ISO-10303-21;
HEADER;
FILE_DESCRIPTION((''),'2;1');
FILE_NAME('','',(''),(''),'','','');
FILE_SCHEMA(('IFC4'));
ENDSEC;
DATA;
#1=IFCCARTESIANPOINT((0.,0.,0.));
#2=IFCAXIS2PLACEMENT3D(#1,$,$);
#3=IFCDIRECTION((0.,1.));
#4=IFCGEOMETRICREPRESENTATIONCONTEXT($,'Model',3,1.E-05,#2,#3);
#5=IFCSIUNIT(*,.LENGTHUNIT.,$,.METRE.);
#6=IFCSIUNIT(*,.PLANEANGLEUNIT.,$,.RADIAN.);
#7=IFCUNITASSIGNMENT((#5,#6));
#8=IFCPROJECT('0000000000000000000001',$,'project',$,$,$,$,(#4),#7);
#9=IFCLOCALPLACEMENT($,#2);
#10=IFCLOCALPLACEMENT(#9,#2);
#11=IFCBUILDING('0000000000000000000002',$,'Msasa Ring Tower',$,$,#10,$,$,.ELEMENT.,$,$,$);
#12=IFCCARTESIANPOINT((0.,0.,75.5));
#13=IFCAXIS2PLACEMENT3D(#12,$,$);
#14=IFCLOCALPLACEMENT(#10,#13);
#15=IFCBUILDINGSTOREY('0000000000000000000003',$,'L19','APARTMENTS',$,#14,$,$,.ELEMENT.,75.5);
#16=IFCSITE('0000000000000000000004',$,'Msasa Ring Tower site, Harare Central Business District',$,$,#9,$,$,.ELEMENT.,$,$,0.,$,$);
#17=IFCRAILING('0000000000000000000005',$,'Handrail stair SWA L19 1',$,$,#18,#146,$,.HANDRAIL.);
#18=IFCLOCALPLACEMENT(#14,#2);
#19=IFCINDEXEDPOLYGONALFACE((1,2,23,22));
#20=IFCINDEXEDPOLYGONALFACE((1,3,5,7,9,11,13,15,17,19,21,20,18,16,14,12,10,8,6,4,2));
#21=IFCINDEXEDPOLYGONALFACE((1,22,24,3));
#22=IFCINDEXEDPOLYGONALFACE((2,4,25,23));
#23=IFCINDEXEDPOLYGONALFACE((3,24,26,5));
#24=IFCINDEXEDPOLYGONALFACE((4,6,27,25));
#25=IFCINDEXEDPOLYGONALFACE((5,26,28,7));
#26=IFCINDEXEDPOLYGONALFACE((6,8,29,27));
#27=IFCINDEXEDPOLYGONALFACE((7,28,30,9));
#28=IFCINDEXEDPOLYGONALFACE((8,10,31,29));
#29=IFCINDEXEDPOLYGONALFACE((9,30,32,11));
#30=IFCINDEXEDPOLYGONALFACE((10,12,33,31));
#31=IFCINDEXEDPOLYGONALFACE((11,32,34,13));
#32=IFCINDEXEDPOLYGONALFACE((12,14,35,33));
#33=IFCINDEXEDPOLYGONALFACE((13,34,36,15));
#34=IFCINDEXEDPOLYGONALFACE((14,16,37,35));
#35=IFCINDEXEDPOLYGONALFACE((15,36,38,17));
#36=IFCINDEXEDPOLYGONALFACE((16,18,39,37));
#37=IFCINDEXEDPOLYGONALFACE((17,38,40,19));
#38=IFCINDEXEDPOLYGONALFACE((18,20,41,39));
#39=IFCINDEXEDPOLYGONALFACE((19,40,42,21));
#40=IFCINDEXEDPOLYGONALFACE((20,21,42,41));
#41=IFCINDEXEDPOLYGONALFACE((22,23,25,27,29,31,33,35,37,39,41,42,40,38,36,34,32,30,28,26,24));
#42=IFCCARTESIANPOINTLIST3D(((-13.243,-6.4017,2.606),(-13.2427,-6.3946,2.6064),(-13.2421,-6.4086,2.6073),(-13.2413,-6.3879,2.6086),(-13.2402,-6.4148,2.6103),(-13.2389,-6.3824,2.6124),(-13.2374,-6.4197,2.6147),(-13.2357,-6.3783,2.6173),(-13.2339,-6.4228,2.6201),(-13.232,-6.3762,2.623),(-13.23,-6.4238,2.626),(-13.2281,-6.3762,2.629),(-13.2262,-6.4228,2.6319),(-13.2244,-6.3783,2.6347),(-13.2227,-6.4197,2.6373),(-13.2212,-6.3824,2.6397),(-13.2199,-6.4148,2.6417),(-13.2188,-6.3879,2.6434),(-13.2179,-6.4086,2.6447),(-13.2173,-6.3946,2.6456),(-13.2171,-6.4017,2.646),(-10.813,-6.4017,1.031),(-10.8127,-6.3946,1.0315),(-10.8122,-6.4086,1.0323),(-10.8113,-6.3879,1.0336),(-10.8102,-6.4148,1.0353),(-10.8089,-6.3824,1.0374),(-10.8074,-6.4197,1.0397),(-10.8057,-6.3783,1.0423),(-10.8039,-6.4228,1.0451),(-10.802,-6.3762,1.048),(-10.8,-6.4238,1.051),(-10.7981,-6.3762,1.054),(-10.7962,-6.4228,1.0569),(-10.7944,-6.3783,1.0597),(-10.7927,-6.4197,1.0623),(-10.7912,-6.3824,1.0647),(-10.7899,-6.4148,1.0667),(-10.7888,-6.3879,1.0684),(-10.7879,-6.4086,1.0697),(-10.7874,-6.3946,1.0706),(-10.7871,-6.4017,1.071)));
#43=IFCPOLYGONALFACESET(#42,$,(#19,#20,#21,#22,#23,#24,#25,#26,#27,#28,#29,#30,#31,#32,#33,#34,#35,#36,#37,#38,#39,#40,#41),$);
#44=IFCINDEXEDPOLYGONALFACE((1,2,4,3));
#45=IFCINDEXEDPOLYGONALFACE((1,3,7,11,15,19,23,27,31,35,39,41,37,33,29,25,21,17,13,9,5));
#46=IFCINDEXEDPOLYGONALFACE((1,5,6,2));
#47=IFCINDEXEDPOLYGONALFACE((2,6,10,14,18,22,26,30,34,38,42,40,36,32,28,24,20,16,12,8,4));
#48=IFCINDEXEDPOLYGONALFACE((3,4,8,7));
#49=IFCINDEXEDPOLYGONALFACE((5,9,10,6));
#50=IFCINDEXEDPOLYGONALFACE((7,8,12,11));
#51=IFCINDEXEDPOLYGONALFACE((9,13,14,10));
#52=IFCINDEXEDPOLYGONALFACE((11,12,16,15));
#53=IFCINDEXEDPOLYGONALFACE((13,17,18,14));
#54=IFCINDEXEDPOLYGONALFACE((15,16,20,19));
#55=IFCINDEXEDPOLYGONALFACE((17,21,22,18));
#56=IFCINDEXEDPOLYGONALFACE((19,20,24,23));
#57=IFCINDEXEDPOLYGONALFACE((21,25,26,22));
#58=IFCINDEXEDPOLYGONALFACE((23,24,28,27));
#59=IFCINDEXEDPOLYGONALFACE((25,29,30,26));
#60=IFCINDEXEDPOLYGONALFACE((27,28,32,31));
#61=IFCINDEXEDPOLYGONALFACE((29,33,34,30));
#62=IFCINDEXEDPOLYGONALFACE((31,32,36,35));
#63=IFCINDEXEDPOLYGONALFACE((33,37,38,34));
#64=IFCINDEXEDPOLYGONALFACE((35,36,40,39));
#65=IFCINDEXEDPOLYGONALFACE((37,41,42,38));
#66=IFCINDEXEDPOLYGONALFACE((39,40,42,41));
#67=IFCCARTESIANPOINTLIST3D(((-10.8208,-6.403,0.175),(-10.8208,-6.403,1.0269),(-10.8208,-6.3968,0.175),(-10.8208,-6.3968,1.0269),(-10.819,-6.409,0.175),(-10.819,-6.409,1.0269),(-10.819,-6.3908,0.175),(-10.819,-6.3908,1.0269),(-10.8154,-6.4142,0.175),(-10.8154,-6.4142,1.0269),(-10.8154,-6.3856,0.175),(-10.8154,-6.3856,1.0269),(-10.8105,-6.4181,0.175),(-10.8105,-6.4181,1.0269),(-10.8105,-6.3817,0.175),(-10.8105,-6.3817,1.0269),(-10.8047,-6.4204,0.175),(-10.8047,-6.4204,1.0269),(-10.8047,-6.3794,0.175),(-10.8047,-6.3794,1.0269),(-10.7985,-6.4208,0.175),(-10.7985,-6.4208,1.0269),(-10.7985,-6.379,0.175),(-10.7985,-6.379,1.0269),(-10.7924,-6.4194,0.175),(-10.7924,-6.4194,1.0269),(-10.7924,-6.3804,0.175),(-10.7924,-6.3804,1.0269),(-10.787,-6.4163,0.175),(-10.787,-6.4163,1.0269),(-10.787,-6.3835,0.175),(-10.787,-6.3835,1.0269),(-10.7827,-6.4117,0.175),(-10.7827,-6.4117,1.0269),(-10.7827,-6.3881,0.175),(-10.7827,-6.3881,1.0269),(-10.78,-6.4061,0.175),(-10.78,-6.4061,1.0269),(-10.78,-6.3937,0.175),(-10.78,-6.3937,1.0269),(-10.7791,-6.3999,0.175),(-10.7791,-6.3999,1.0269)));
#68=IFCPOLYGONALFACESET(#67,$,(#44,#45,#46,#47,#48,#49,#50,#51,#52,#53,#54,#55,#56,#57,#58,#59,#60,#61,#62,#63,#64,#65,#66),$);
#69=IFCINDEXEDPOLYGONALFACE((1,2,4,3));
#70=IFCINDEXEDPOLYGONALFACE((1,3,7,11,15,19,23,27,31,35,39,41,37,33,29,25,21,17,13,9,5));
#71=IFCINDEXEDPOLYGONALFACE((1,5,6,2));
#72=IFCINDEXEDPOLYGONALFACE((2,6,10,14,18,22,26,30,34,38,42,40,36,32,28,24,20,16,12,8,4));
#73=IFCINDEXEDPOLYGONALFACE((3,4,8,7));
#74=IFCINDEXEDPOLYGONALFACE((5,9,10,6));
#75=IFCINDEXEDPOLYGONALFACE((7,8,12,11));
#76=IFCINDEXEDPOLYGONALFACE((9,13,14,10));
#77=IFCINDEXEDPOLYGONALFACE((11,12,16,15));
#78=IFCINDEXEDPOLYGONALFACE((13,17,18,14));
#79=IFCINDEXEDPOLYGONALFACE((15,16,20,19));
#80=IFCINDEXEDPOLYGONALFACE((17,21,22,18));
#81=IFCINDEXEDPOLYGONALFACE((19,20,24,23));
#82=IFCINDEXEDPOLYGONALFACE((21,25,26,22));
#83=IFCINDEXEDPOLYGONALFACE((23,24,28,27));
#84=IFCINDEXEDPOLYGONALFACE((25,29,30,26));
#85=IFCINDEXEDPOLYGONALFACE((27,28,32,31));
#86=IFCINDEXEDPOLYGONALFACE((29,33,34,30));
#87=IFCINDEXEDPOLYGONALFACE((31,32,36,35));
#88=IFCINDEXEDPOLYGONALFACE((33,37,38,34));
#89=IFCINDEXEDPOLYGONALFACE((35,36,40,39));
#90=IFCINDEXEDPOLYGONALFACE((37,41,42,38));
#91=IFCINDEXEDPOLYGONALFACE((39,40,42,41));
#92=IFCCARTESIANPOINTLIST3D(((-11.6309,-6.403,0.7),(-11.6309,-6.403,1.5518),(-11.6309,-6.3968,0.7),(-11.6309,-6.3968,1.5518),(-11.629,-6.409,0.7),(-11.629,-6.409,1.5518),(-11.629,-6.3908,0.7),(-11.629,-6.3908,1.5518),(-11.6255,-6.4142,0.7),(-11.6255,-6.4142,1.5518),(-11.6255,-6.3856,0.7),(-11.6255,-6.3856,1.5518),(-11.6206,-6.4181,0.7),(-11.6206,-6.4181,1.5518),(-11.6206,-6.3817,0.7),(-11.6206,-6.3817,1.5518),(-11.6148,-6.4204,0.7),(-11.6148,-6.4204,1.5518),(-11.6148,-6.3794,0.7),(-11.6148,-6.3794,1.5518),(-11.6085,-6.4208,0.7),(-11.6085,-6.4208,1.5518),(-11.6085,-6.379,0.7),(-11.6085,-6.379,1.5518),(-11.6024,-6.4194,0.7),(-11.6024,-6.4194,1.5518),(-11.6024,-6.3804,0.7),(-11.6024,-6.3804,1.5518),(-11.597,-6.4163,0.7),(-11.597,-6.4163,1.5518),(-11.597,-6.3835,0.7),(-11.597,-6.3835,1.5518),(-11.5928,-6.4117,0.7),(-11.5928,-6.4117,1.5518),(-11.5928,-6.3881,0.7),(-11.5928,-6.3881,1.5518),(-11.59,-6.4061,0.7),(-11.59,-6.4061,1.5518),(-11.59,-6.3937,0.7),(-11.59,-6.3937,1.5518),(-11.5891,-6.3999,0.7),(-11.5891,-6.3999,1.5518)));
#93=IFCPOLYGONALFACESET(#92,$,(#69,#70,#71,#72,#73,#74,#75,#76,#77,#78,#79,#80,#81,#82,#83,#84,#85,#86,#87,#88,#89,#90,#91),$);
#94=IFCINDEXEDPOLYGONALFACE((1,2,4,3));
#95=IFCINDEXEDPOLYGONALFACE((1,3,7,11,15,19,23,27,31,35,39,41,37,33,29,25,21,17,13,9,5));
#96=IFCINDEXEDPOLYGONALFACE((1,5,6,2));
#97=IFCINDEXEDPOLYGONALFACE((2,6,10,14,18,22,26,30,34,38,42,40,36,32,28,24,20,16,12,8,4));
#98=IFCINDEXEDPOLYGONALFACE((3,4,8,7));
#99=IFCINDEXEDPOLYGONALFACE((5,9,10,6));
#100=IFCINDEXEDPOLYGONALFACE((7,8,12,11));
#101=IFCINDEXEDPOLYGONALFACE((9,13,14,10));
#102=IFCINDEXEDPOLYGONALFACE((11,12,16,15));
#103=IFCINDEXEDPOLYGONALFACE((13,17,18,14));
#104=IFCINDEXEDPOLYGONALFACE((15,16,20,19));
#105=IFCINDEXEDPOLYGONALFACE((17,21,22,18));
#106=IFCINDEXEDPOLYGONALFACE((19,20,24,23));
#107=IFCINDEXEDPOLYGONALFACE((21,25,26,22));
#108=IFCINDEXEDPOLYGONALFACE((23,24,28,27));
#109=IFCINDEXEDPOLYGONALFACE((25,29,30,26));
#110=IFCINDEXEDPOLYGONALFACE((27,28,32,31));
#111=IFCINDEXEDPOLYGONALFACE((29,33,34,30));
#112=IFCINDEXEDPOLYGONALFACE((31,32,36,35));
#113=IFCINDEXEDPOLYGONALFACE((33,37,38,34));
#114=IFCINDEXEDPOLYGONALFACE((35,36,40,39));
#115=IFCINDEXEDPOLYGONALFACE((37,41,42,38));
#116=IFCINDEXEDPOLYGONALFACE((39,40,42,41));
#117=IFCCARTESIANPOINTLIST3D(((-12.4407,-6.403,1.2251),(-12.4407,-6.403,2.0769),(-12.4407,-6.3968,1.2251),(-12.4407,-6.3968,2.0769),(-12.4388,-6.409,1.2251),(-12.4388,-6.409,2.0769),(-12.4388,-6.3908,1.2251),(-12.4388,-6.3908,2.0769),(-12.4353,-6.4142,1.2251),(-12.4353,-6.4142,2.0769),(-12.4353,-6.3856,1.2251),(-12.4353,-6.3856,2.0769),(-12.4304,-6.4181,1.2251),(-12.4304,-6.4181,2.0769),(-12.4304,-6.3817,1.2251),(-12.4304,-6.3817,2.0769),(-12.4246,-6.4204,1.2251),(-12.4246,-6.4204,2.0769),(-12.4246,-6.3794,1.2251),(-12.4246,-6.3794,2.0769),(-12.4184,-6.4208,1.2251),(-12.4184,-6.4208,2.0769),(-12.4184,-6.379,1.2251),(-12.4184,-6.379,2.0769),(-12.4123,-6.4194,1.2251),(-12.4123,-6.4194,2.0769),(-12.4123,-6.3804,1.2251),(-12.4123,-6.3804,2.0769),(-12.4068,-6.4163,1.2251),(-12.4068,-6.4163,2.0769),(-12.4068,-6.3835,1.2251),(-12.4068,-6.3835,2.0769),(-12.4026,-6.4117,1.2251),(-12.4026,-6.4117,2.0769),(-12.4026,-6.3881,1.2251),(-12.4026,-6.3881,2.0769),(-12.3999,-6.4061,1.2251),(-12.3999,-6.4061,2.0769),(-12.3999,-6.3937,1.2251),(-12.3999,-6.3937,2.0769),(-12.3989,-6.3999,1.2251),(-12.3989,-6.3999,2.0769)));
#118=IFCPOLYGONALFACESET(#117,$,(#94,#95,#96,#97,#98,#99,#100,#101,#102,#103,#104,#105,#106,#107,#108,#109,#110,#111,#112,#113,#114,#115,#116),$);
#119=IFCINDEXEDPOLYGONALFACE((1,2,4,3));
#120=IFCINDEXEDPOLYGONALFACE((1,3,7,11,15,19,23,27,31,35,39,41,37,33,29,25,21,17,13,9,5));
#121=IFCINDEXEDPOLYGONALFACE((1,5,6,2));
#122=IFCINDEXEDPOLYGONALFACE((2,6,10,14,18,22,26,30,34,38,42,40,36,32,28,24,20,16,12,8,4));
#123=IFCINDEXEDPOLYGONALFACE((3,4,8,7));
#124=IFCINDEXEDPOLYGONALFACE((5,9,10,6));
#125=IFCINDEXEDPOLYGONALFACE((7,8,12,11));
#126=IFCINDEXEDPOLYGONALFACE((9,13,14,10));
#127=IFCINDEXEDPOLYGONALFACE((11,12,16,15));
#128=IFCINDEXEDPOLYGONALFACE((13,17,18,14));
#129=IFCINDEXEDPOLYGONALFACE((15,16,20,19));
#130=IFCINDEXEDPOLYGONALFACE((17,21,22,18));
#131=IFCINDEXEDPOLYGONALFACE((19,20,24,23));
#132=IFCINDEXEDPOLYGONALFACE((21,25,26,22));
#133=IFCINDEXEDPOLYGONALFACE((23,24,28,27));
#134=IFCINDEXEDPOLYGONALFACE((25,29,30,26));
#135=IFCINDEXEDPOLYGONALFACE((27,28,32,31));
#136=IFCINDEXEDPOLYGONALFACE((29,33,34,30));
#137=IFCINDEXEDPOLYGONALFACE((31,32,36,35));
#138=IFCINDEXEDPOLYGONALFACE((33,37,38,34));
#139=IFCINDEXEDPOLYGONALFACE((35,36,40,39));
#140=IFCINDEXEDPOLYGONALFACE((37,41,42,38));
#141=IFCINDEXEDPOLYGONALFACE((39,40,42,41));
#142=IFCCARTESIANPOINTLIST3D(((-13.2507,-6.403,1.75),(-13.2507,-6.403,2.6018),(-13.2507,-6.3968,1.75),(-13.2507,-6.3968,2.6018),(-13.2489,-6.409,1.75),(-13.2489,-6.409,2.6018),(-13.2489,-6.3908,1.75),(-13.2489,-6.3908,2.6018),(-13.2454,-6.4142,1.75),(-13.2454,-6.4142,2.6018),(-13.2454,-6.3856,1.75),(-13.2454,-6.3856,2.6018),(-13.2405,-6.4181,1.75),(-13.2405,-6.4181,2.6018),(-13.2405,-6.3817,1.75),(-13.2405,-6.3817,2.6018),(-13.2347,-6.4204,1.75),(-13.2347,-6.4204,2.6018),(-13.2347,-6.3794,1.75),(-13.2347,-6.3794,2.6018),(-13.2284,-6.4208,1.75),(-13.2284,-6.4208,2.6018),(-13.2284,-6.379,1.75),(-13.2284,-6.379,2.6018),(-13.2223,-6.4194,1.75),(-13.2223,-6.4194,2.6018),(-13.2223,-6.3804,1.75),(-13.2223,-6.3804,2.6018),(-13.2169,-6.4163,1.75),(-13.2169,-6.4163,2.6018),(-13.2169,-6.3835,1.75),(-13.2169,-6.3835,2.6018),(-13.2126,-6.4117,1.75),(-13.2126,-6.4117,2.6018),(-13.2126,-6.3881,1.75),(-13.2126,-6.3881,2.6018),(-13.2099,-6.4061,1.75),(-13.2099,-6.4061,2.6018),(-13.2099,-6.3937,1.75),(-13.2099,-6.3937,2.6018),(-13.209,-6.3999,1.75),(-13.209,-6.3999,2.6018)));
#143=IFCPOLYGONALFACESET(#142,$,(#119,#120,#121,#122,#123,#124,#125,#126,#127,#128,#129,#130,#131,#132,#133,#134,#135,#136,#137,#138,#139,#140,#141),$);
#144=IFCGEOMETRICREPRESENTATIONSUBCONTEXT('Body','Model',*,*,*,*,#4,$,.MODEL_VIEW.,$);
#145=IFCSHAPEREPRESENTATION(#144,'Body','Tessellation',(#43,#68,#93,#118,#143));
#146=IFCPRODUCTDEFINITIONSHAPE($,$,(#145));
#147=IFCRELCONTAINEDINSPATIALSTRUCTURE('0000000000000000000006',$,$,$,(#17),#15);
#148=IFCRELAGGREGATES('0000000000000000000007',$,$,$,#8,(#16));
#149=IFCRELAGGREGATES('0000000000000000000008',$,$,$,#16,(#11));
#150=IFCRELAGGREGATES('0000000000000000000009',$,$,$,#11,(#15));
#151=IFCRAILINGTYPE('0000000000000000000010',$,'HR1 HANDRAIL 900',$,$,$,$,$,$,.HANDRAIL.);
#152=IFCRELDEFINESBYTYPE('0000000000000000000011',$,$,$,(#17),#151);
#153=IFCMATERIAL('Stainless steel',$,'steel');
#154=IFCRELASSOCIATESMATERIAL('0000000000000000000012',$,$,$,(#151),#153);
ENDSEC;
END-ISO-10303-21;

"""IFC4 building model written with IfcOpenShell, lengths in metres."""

from ifc_helpers import new_model, si_unit, direction, frame, origin, origin_2d, place, context, subcontext, project, spatial, circle, extrude, material, type_object, element, save


model = new_model("IFC4")

# Units and contexts
model_context = context("Model", 3, precision=1e-05, world=origin(), true_north=direction((0.0, 1.0)))
body_context = subcontext(model_context, "Body", "Model", "MODEL_VIEW")
ifc_project = project(units=[si_unit("LENGTHUNIT", "METRE"), si_unit("PLANEANGLEUNIT", "RADIAN")], contexts=[model_context])

# Site, building, storey
site_placement = place(None, origin())
site = spatial("IfcSite", under=ifc_project, at=site_placement, Name="Msasa Ring Tower site, Harare Central Business District", CompositionType="ELEMENT", RefElevation=0.0)
building_placement = place(site_placement, origin())
building = spatial("IfcBuilding", under=site, at=building_placement, Name="Msasa Ring Tower", CompositionType="ELEMENT")
storey_placement = place(building_placement, frame((0.0, 0.0, 75.5)))
storey = spatial("IfcBuildingStorey", under=building, at=storey_placement, Name="L19", Description="APARTMENTS", CompositionType="ELEMENT", Elevation=75.5)

# Railing
ifc_material_1 = material(Name="Stainless steel", Category="steel")
railing_type = type_object("IfcRailingType", Name="HR1 HANDRAIL 900", PredefinedType="HANDRAIL", material=ifc_material_1)
for number, where, name in (
    (1, (-10.8, -6.3999, 0.175), "Handrail stair SWA L19 1"),
):
    element("IfcRailing", number, at=place(storey_placement, frame(where)), inside=storey, type_object=railing_type, Name=name, PredefinedType="HANDRAIL", context=body_context, shape_type="SweptSolid", body=[
        extrude(circle(Radius=0.0239, at=origin_2d()), frame((0.0, 0.0, 0.876), z_axis=(-0.839154, 0.0, 0.543894), x_axis=(0.0, -1.0, 0.0)), (0.0, 0.0, 1.0), 2.8958),
        extrude(circle(Radius=0.021, at=origin_2d()), origin(), (0.0, 0.0, 1.0), 0.8518),
        extrude(circle(Radius=0.021, at=origin_2d()), frame((-0.8101, 0.0, 0.5249)), (0.0, 0.0, 1.0), 0.8518),
        extrude(circle(Radius=0.021, at=origin_2d()), frame((-1.6199, 0.0, 1.05)), (0.0, 0.0, 1.0), 0.8518),
        extrude(circle(Radius=0.021, at=origin_2d()), frame((-2.4299, 0.0, 1.575)), (0.0, 0.0, 1.0), 0.8518),
    ])

save(model, "model.ifc")
